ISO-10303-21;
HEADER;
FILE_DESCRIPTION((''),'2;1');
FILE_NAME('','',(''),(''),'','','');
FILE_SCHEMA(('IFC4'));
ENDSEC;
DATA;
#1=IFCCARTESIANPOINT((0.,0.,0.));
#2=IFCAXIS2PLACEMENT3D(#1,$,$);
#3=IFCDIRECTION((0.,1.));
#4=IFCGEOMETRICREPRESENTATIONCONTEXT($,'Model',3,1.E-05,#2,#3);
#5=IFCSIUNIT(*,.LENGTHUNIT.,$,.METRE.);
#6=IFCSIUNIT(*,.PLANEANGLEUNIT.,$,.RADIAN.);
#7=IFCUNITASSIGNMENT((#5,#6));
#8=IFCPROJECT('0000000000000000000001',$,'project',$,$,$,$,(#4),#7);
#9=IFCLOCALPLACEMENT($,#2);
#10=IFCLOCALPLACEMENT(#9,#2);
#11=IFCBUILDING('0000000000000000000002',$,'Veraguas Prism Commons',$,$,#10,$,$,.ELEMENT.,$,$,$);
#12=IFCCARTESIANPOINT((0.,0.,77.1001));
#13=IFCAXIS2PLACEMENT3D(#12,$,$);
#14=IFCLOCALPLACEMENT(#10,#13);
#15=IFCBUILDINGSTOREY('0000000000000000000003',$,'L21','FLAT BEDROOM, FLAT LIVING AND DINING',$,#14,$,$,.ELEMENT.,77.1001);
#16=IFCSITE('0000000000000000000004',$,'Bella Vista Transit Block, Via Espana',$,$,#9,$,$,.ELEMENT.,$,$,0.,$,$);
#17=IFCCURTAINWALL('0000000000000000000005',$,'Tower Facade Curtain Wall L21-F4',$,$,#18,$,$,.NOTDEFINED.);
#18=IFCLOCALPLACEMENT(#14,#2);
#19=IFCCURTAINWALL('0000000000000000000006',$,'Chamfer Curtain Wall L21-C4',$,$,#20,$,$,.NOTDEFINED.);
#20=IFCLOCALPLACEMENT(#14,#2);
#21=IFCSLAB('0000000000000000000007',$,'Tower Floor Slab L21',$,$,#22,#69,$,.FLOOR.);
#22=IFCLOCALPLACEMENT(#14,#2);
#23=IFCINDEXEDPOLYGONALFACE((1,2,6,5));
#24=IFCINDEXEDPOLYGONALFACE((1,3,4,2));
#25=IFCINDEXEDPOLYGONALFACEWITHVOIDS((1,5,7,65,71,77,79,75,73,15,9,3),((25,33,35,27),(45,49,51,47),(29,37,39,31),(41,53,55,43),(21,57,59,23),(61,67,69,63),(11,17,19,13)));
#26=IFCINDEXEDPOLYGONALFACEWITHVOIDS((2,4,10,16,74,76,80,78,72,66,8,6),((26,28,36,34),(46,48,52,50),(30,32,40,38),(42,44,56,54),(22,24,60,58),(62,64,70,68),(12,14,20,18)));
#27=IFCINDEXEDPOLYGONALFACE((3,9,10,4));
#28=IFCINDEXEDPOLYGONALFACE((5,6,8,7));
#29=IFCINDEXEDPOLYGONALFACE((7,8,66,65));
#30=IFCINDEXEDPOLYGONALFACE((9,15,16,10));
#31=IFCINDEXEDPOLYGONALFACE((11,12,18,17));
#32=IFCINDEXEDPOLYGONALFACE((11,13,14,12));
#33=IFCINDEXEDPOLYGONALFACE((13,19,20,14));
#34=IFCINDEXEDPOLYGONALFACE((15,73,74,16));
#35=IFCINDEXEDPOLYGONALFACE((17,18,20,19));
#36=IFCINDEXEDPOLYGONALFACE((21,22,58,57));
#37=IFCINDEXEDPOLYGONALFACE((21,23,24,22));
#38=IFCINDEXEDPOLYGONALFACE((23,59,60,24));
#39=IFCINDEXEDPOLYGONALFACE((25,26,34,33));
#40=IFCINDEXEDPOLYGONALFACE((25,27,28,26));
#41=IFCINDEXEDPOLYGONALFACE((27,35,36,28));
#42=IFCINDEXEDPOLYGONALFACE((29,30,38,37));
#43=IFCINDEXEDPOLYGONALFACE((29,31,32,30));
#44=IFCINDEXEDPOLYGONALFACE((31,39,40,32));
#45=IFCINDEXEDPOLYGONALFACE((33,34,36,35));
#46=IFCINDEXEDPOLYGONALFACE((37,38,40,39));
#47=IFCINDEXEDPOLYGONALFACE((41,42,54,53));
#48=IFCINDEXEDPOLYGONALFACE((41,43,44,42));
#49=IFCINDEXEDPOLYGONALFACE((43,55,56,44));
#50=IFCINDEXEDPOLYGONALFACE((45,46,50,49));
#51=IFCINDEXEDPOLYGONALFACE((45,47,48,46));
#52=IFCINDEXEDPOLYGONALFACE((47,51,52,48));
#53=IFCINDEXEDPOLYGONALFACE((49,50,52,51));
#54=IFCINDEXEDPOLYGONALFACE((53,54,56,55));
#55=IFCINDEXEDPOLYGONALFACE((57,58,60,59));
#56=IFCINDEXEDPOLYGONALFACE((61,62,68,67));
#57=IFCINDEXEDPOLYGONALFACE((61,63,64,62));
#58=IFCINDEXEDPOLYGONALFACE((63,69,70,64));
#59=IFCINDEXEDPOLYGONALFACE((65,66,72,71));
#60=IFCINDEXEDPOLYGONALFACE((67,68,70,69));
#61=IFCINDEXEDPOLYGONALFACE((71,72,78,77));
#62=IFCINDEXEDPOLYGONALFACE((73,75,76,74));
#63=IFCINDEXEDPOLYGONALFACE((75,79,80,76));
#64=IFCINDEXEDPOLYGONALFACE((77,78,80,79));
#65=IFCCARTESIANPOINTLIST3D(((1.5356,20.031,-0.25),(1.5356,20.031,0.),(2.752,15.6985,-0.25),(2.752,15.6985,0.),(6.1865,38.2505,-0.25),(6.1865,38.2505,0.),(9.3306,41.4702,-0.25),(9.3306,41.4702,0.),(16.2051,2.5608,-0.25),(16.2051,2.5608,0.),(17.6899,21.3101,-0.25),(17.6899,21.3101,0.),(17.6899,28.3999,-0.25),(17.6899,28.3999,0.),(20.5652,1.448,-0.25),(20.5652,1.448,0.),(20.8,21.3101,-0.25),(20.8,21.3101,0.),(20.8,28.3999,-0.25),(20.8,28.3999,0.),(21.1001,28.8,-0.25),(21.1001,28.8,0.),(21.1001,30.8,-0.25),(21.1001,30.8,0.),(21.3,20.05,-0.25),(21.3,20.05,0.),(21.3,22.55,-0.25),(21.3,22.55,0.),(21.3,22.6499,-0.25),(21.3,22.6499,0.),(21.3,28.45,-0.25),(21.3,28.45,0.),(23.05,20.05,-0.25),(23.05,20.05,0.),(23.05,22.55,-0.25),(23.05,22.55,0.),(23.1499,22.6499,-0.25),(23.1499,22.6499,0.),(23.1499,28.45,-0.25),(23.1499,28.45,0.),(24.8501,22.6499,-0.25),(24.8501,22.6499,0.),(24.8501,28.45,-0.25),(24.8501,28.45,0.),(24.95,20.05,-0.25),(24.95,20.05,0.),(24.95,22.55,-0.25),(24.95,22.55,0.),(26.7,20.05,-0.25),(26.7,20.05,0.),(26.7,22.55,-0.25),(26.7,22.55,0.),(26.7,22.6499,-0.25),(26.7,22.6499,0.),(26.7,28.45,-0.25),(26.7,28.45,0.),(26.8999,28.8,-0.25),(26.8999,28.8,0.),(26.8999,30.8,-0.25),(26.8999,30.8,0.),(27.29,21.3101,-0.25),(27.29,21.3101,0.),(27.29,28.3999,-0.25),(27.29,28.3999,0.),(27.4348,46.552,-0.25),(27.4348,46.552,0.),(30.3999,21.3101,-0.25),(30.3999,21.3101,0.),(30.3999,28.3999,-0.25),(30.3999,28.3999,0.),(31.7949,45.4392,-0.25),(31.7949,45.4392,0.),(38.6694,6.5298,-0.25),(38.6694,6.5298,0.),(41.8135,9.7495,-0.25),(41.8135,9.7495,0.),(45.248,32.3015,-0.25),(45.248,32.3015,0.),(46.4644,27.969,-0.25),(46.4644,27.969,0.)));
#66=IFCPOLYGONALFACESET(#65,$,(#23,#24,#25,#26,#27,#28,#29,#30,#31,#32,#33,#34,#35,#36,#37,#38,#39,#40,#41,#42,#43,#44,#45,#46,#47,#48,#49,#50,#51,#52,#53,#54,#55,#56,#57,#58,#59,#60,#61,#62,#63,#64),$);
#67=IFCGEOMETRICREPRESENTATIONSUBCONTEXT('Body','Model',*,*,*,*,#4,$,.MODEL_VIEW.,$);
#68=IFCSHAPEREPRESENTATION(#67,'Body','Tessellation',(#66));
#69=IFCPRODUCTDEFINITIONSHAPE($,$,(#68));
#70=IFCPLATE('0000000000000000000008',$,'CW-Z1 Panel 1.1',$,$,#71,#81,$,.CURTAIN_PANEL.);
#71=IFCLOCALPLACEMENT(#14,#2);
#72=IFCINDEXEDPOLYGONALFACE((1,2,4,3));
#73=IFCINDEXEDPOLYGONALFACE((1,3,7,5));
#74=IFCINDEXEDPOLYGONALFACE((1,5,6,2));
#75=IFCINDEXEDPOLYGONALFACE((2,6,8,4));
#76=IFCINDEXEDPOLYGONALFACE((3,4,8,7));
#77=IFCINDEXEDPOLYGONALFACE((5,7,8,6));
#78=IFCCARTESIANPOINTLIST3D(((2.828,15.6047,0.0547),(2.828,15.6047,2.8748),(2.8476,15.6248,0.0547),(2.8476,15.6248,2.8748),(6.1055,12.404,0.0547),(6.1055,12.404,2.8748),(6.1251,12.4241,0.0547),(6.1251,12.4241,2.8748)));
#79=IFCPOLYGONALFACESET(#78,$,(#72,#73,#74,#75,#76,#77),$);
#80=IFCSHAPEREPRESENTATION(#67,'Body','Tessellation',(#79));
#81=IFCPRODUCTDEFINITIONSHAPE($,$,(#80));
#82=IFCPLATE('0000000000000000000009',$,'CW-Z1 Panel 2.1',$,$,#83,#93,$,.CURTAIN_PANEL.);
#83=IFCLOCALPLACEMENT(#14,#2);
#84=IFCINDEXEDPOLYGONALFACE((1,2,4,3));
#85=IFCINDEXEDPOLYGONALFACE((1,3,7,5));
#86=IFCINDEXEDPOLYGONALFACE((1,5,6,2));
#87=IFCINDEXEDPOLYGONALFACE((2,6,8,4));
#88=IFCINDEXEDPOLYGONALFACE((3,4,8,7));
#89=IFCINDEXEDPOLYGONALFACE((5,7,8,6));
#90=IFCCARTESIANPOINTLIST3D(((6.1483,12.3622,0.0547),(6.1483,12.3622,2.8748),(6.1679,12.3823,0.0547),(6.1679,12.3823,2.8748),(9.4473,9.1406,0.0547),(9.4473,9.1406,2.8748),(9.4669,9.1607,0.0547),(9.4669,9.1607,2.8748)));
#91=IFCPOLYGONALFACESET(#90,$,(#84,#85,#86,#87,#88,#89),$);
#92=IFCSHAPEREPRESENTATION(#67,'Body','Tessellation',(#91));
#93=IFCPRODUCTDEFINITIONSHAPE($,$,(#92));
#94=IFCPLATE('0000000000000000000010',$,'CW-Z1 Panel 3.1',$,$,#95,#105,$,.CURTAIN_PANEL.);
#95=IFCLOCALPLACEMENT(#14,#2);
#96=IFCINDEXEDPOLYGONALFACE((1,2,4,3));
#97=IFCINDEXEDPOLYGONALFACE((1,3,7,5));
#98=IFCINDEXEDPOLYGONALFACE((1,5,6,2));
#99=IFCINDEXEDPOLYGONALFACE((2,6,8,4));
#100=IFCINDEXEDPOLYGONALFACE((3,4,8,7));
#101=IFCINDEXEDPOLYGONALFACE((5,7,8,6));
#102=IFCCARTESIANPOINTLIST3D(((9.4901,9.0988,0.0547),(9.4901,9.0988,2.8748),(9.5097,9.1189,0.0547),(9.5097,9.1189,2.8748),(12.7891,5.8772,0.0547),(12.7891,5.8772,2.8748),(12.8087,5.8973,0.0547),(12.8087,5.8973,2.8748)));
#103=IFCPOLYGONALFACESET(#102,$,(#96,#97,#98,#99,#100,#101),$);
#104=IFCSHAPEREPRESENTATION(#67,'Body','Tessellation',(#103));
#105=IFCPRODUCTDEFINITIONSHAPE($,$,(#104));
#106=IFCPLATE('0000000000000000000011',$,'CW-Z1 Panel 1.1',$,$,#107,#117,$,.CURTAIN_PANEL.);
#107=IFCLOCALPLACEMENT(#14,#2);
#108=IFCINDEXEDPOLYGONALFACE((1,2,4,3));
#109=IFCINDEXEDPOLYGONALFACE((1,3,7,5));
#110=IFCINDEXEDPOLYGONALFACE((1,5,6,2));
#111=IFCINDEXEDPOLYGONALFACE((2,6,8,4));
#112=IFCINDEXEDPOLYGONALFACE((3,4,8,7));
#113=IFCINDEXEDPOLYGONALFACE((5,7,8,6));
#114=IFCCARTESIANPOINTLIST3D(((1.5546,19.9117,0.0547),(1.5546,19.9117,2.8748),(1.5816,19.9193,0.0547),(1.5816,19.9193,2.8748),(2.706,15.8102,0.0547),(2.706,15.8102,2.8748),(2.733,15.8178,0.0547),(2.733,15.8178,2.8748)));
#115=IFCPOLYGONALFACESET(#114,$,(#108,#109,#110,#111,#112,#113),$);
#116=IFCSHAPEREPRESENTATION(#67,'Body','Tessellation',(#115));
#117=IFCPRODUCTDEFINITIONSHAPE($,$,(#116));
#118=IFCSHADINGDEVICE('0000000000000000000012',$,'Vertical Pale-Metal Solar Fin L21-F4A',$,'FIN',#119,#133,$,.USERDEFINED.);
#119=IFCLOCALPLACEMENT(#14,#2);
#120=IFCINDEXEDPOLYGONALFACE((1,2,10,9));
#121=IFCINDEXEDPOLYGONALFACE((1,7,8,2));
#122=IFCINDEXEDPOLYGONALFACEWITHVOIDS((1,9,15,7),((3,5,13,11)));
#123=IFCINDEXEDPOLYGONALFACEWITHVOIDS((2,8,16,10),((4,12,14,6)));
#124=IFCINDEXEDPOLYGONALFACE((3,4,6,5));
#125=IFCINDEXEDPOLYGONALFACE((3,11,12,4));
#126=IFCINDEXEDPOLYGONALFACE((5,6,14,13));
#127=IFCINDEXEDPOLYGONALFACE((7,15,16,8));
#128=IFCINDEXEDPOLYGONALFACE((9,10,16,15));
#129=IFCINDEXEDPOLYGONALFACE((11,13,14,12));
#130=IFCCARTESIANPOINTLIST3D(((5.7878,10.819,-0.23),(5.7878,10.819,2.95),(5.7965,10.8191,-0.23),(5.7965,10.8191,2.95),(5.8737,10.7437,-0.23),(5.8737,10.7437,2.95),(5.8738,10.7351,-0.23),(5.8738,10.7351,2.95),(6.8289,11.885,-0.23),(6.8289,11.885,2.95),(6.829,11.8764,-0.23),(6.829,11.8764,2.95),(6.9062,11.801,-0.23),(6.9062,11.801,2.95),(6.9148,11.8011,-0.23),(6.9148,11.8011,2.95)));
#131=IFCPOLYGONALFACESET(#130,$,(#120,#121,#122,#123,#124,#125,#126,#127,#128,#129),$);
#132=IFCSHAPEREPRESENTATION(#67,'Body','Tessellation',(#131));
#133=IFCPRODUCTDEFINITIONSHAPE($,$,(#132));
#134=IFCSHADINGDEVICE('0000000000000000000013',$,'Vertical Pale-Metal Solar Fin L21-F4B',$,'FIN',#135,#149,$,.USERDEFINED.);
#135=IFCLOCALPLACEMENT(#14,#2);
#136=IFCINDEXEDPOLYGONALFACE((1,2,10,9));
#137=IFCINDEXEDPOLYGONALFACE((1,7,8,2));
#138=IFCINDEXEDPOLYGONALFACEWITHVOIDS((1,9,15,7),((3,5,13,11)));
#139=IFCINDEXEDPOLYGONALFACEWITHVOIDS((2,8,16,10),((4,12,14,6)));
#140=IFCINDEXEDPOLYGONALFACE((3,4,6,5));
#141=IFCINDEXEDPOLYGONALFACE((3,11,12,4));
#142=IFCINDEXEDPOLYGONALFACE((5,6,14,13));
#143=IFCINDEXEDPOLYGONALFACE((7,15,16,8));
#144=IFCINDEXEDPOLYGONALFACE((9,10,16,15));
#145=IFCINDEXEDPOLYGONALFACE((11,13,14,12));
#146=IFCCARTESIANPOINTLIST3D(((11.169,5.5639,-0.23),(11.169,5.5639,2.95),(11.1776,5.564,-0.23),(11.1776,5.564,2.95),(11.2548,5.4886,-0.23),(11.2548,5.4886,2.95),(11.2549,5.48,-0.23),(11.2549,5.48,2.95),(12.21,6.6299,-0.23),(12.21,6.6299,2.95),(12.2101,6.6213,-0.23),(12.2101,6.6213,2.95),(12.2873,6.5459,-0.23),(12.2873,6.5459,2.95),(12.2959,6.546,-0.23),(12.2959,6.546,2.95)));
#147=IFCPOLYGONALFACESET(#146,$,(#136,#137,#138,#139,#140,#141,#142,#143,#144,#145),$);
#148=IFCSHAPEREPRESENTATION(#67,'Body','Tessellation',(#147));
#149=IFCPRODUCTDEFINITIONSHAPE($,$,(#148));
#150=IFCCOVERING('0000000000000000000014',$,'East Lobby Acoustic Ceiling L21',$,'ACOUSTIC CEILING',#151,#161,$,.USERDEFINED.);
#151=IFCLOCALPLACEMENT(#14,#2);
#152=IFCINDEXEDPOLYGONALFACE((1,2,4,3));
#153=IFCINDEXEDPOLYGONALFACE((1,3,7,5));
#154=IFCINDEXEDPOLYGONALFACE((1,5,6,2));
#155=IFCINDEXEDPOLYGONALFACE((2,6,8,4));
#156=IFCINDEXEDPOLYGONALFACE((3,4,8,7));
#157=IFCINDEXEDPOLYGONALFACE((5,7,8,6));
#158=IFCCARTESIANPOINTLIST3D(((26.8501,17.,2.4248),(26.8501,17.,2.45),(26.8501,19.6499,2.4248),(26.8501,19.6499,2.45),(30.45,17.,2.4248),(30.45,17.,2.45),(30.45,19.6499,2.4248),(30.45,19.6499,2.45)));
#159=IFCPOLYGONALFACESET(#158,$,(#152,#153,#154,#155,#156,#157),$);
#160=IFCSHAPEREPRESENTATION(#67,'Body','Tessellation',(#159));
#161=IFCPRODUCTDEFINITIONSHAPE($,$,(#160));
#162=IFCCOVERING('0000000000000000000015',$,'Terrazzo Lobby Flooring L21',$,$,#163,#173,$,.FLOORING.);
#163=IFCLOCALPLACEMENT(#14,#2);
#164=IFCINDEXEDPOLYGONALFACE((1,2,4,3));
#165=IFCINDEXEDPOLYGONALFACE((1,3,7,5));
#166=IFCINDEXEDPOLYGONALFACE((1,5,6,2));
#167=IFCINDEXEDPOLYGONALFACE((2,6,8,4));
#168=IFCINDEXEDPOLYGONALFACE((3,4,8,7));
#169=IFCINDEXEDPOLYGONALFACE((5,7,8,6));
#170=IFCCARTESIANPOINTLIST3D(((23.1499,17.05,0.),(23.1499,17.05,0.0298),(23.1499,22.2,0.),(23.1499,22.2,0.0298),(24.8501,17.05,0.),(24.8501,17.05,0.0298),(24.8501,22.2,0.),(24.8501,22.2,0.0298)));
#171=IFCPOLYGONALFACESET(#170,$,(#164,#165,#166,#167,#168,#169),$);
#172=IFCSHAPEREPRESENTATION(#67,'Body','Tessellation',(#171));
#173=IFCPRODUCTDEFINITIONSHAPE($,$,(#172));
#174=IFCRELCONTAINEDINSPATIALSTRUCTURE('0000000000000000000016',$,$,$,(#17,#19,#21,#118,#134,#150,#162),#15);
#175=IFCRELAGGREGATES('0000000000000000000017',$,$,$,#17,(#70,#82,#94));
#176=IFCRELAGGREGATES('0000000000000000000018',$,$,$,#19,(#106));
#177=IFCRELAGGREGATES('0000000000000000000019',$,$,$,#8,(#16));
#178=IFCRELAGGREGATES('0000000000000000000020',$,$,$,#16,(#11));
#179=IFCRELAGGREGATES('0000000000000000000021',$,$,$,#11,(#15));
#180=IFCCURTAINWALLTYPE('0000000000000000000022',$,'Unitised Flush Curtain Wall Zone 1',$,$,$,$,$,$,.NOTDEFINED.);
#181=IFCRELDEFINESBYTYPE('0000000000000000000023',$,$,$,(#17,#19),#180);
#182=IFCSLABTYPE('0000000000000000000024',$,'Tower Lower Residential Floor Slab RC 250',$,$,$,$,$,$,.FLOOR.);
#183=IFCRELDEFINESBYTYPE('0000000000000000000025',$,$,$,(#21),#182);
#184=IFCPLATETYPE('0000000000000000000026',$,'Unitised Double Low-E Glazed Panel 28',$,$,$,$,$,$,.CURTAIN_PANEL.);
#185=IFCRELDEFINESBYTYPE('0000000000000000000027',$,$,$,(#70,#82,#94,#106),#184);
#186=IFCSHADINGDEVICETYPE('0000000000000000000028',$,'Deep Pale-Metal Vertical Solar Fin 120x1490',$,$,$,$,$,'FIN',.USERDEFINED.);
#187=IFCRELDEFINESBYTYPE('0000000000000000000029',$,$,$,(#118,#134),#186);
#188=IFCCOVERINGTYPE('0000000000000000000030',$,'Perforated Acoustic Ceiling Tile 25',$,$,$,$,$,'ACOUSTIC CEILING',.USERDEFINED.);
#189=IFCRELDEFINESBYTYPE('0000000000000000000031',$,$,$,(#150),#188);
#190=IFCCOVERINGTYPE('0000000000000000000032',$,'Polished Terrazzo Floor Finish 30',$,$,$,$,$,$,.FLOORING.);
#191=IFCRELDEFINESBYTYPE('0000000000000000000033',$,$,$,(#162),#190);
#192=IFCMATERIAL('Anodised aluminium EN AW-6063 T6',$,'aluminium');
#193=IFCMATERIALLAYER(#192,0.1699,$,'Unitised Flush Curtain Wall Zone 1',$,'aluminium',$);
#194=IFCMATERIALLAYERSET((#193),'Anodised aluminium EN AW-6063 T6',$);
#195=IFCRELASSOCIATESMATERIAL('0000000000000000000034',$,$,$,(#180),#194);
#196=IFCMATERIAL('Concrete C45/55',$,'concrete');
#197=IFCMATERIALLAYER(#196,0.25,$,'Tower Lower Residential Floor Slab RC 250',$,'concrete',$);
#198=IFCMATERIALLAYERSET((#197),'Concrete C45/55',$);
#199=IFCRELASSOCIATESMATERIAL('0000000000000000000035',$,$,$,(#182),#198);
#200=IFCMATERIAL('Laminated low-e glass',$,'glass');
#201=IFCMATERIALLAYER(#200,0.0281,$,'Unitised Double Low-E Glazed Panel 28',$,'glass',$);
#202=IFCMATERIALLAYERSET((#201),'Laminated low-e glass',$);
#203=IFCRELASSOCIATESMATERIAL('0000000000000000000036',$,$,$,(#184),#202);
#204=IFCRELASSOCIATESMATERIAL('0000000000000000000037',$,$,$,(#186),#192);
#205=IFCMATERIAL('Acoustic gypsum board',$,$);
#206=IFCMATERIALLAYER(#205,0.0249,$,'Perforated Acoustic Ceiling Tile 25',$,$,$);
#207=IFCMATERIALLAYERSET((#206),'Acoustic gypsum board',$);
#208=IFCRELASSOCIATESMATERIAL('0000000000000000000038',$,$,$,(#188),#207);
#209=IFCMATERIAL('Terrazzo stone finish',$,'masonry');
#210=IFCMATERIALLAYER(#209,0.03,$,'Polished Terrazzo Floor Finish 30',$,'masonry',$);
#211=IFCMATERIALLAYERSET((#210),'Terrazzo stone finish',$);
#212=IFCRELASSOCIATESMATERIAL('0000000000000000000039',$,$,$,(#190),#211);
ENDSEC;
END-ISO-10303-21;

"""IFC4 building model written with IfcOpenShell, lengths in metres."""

from ifc_helpers import new_model, si_unit, direction, frame, origin, origin_2d, place, context, subcontext, project, spatial, polyline, rectangle, hollow_rectangle, outline, extrude, source, transform, mapped, material, layer, layer_set, material_profile, profile_set, type_object, element, aggregate, save


model = new_model("IFC4")

# Units and contexts
model_context = context("Model", 3, precision=1e-05, world=origin(), true_north=direction((0.0, 1.0)))
body_context = subcontext(model_context, "Body", "Model", "MODEL_VIEW")
ifc_project = project(units=[si_unit("LENGTHUNIT", "METRE"), si_unit("PLANEANGLEUNIT", "RADIAN")], contexts=[model_context])

# Site, building, storey
site_placement = place(None, origin())
site = spatial("IfcSite", under=ifc_project, at=site_placement, Name="Bella Vista Transit Block, Via Espana", CompositionType="ELEMENT", RefElevation=0.0)
building_placement = place(site_placement, origin())
building = spatial("IfcBuilding", under=site, at=building_placement, Name="Veraguas Prism Commons", CompositionType="ELEMENT")
storey_placement = place(building_placement, frame((0.0, 0.0, 77.1001)))
storey = spatial("IfcBuildingStorey", under=building, at=storey_placement, Name="L21", Description="FLAT BEDROOM, FLAT LIVING AND DINING", CompositionType="ELEMENT", Elevation=77.1001)

# Curtain walls
ifc_material_1 = material(Name="Anodised aluminium EN AW-6063 T6", Category="aluminium")
ifc_layer_1 = layer(ifc_material_1, 0.1699, Name="Unitised Flush Curtain Wall Zone 1", Category="aluminium")
ifc_layer_set_1 = layer_set([ifc_layer_1], Name="Anodised aluminium EN AW-6063 T6")
curtain_wall_type = type_object("IfcCurtainWallType", Name="Unitised Flush Curtain Wall Zone 1", PredefinedType="NOTDEFINED", material=ifc_layer_set_1)
curtain_wall_1_placement = place(storey_placement, origin())
curtain_wall_1 = element("IfcCurtainWall", 1, at=curtain_wall_1_placement, inside=storey, type_object=curtain_wall_type, Name="Tower Facade Curtain Wall L21-F4", PredefinedType="NOTDEFINED")
curtain_wall_2_placement = place(storey_placement, origin())
curtain_wall_2 = element("IfcCurtainWall", 2, at=curtain_wall_2_placement, inside=storey, type_object=curtain_wall_type, Name="Chamfer Curtain Wall L21-C4", PredefinedType="NOTDEFINED")

# Slab
ifc_material_2 = material(Name="Concrete C45/55", Category="concrete")
ifc_layer_2 = layer(ifc_material_2, 0.25, Name="Tower Lower Residential Floor Slab RC 250", Category="concrete")
ifc_layer_set_2 = layer_set([ifc_layer_2], Name="Concrete C45/55")
slab_type_1 = type_object("IfcSlabType", Name="Tower Lower Residential Floor Slab RC 250", PredefinedType="FLOOR", material=ifc_layer_set_2)
slab_1_placement = place(storey_placement, frame((0.0, 0.0, -0.25)))
element("IfcSlab", 3, at=slab_1_placement, inside=storey, type_object=slab_type_1, Name="Tower Floor Slab L21", PredefinedType="FLOOR", context=body_context, shape_type="SweptSolid", body=[
    extrude(outline(polyline([(46.4644, 27.969), (45.248, 32.3015), (31.7949, 45.4392), (27.4348, 46.552), (9.3306, 41.4702), (6.1865, 38.2505), (1.5356, 20.031), (2.752, 15.6985), (16.2051, 2.5608), (20.5652, 1.448), (38.6694, 6.5298), (41.8135, 9.7495), (46.4644, 27.969)]), holes=[polyline([(20.8, 21.3101), (20.8, 28.3999), (17.6899, 28.3999), (17.6899, 21.3101), (20.8, 21.3101)]), polyline([(30.3999, 21.3101), (30.3999, 28.3999), (27.29, 28.3999), (27.29, 21.3101), (30.3999, 21.3101)]), polyline([(21.3, 22.6499), (23.1499, 22.6499), (23.1499, 28.45), (21.3, 28.45), (21.3, 22.6499)]), polyline([(24.8501, 22.6499), (26.7, 22.6499), (26.7, 28.45), (24.8501, 28.45), (24.8501, 22.6499)]), polyline([(21.1001, 28.8), (26.8999, 28.8), (26.8999, 30.8), (21.1001, 30.8), (21.1001, 28.8)]), polyline([(21.3, 20.05), (23.05, 20.05), (23.05, 22.55), (21.3, 22.55), (21.3, 20.05)]), polyline([(24.95, 20.05), (26.7, 20.05), (26.7, 22.55), (24.95, 22.55), (24.95, 20.05)])]), origin(), (0.0, 0.0, 1.0), 0.25),
])

# Plates
ifc_material_3 = material(Name="Laminated low-e glass", Category="glass")
ifc_layer_3 = layer(ifc_material_3, 0.0281, Name="Unitised Double Low-E Glazed Panel 28", Category="glass")
ifc_layer_set_3 = layer_set([ifc_layer_3], Name="Laminated low-e glass")
plate_type = type_object("IfcPlateType", Name="Unitised Double Low-E Glazed Panel 28", PredefinedType="CURTAIN_PANEL", material=ifc_layer_set_3)
shared_shape_1 = source(origin(), body_context, "Body", "SweptSolid", [
    extrude(rectangle(XDim=4.5811, YDim=0.0281, at=origin_2d()), origin(), (0.0, 0.0, 1.0), 2.8201),
])
plate_1_placement = place(storey_placement, frame((4.4766, 14.0144, 0.0547), z_axis=(0.0, 0.0, 1.0), x_axis=(0.715449, -0.698665, 0.0)))
plate_1 = element("IfcPlate", 4, at=plate_1_placement, type_object=plate_type, Name="CW-Z1 Panel 1.1", PredefinedType="CURTAIN_PANEL", context=body_context, shape_type="MappedRepresentation", body=[
    mapped(shared_shape_1, transform((0.0, 0.0, 0.0), scale=1.0)),
])
shared_shape_2 = source(origin(), body_context, "Body", "SweptSolid", [
    extrude(rectangle(XDim=4.6111, YDim=0.0281, at=origin_2d()), origin(), (0.0, 0.0, 1.0), 2.8201),
])
plate_2_placement = place(storey_placement, frame((7.8076, 10.7615, 0.0547), z_axis=(0.0, 0.0, 1.0), x_axis=(0.715449, -0.698665, 0.0)))
plate_2 = element("IfcPlate", 5, at=plate_2_placement, type_object=plate_type, Name="CW-Z1 Panel 2.1", PredefinedType="CURTAIN_PANEL", context=body_context, shape_type="MappedRepresentation", body=[
    mapped(shared_shape_2, transform((0.0, 0.0, 0.0), scale=1.0)),
])
plate_3_placement = place(storey_placement, frame((11.1494, 7.498, 0.0547), z_axis=(0.0, 0.0, 1.0), x_axis=(0.715449, -0.698665, 0.0)))
plate_3 = element("IfcPlate", 6, at=plate_3_placement, type_object=plate_type, Name="CW-Z1 Panel 3.1", PredefinedType="CURTAIN_PANEL", context=body_context, shape_type="MappedRepresentation", body=[
    mapped(shared_shape_2, transform((0.0, 0.0, 0.0), scale=1.0)),
])
aggregate(curtain_wall_1, [plate_1, plate_2, plate_3])
shared_shape_3 = source(origin(), body_context, "Body", "SweptSolid", [
    extrude(rectangle(XDim=4.26, YDim=0.0281, at=origin_2d()), origin(), (0.0, 0.0, 1.0), 2.8201),
])
plate_4_placement = place(storey_placement, frame((2.1438, 17.8647, 0.0547), z_axis=(0.0, 0.0, 1.0), x_axis=(0.27028, -0.962782, 0.0)))
plate_4 = element("IfcPlate", 7, at=plate_4_placement, type_object=plate_type, Name="CW-Z1 Panel 1.1", PredefinedType="CURTAIN_PANEL", context=body_context, shape_type="MappedRepresentation", body=[
    mapped(shared_shape_3, transform((0.0, 0.0, 0.0), scale=1.0)),
])
aggregate(curtain_wall_2, [plate_4])

# Shading devices
ifc_material_profile_1 = material_profile(ifc_material_1, hollow_rectangle(XDim=0.1201, YDim=1.49, WallThickness=0.0061, at=origin_2d()), Name="FIN120X1490X6")
ifc_profile_set_1 = profile_set([ifc_material_profile_1], Name="Anodised aluminium EN AW-6063 T6")
shading_device_type = type_object("IfcShadingDeviceType", Name="Deep Pale-Metal Vertical Solar Fin 120x1490", ElementType="FIN", PredefinedType="USERDEFINED", material=ifc_profile_set_1)
for number, where, z_axis, x_axis, name in (
    (8, (6.3513, 11.3101, -0.23), (0.0, 0.0, 1.0), (0.715449, -0.698665, 0.0), "Vertical Pale-Metal Solar Fin L21-F4A"),
    (9, (11.7324, 6.0549, -0.23), (0.0, 0.0, 1.0), (0.715449, -0.698665, 0.0), "Vertical Pale-Metal Solar Fin L21-F4B"),
):
    element("IfcShadingDevice", number, at=place(storey_placement, frame(where, z_axis=z_axis, x_axis=x_axis)), inside=storey, type_object=shading_device_type, Name=name, ObjectType="FIN", PredefinedType="USERDEFINED", context=body_context, shape_type="SweptSolid", body=[
        extrude(hollow_rectangle(XDim=0.1201, YDim=1.49, WallThickness=0.0061, at=origin_2d()), origin(), (0.0, 0.0, 1.0), 3.1799),
    ])

# Coverings
ifc_material_4 = material(Name="Acoustic gypsum board")
ifc_layer_4 = layer(ifc_material_4, 0.0249, Name="Perforated Acoustic Ceiling Tile 25")
ifc_layer_set_4 = layer_set([ifc_layer_4], Name="Acoustic gypsum board")
covering_type_1 = type_object("IfcCoveringType", Name="Perforated Acoustic Ceiling Tile 25", ElementType="ACOUSTIC CEILING", PredefinedType="USERDEFINED", material=ifc_layer_set_4)
covering_1_placement = place(storey_placement, frame((0.0, 0.0, 2.4248)))
element("IfcCovering", 10, at=covering_1_placement, inside=storey, type_object=covering_type_1, Name="East Lobby Acoustic Ceiling L21", ObjectType="ACOUSTIC CEILING", PredefinedType="USERDEFINED", context=body_context, shape_type="SweptSolid", body=[
    extrude(outline(polyline([(26.8501, 17.0), (30.45, 17.0), (30.45, 19.6499), (26.8501, 19.6499), (26.8501, 17.0)])), origin(), (0.0, 0.0, 1.0), 0.0251),
])
ifc_material_5 = material(Name="Terrazzo stone finish", Category="masonry")
ifc_layer_5 = layer(ifc_material_5, 0.03, Name="Polished Terrazzo Floor Finish 30", Category="masonry")
ifc_layer_set_5 = layer_set([ifc_layer_5], Name="Terrazzo stone finish")
covering_type_2 = type_object("IfcCoveringType", Name="Polished Terrazzo Floor Finish 30", PredefinedType="FLOORING", material=ifc_layer_set_5)
covering_2_placement = place(storey_placement, origin())
element("IfcCovering", 11, at=covering_2_placement, inside=storey, type_object=covering_type_2, Name="Terrazzo Lobby Flooring L21", PredefinedType="FLOORING", context=body_context, shape_type="SweptSolid", body=[
    extrude(outline(polyline([(23.1499, 17.05), (24.8501, 17.05), (24.8501, 22.2), (23.1499, 22.2), (23.1499, 17.05)])), origin(), (0.0, 0.0, 1.0), 0.0298),
])

save(model, "model.ifc")
